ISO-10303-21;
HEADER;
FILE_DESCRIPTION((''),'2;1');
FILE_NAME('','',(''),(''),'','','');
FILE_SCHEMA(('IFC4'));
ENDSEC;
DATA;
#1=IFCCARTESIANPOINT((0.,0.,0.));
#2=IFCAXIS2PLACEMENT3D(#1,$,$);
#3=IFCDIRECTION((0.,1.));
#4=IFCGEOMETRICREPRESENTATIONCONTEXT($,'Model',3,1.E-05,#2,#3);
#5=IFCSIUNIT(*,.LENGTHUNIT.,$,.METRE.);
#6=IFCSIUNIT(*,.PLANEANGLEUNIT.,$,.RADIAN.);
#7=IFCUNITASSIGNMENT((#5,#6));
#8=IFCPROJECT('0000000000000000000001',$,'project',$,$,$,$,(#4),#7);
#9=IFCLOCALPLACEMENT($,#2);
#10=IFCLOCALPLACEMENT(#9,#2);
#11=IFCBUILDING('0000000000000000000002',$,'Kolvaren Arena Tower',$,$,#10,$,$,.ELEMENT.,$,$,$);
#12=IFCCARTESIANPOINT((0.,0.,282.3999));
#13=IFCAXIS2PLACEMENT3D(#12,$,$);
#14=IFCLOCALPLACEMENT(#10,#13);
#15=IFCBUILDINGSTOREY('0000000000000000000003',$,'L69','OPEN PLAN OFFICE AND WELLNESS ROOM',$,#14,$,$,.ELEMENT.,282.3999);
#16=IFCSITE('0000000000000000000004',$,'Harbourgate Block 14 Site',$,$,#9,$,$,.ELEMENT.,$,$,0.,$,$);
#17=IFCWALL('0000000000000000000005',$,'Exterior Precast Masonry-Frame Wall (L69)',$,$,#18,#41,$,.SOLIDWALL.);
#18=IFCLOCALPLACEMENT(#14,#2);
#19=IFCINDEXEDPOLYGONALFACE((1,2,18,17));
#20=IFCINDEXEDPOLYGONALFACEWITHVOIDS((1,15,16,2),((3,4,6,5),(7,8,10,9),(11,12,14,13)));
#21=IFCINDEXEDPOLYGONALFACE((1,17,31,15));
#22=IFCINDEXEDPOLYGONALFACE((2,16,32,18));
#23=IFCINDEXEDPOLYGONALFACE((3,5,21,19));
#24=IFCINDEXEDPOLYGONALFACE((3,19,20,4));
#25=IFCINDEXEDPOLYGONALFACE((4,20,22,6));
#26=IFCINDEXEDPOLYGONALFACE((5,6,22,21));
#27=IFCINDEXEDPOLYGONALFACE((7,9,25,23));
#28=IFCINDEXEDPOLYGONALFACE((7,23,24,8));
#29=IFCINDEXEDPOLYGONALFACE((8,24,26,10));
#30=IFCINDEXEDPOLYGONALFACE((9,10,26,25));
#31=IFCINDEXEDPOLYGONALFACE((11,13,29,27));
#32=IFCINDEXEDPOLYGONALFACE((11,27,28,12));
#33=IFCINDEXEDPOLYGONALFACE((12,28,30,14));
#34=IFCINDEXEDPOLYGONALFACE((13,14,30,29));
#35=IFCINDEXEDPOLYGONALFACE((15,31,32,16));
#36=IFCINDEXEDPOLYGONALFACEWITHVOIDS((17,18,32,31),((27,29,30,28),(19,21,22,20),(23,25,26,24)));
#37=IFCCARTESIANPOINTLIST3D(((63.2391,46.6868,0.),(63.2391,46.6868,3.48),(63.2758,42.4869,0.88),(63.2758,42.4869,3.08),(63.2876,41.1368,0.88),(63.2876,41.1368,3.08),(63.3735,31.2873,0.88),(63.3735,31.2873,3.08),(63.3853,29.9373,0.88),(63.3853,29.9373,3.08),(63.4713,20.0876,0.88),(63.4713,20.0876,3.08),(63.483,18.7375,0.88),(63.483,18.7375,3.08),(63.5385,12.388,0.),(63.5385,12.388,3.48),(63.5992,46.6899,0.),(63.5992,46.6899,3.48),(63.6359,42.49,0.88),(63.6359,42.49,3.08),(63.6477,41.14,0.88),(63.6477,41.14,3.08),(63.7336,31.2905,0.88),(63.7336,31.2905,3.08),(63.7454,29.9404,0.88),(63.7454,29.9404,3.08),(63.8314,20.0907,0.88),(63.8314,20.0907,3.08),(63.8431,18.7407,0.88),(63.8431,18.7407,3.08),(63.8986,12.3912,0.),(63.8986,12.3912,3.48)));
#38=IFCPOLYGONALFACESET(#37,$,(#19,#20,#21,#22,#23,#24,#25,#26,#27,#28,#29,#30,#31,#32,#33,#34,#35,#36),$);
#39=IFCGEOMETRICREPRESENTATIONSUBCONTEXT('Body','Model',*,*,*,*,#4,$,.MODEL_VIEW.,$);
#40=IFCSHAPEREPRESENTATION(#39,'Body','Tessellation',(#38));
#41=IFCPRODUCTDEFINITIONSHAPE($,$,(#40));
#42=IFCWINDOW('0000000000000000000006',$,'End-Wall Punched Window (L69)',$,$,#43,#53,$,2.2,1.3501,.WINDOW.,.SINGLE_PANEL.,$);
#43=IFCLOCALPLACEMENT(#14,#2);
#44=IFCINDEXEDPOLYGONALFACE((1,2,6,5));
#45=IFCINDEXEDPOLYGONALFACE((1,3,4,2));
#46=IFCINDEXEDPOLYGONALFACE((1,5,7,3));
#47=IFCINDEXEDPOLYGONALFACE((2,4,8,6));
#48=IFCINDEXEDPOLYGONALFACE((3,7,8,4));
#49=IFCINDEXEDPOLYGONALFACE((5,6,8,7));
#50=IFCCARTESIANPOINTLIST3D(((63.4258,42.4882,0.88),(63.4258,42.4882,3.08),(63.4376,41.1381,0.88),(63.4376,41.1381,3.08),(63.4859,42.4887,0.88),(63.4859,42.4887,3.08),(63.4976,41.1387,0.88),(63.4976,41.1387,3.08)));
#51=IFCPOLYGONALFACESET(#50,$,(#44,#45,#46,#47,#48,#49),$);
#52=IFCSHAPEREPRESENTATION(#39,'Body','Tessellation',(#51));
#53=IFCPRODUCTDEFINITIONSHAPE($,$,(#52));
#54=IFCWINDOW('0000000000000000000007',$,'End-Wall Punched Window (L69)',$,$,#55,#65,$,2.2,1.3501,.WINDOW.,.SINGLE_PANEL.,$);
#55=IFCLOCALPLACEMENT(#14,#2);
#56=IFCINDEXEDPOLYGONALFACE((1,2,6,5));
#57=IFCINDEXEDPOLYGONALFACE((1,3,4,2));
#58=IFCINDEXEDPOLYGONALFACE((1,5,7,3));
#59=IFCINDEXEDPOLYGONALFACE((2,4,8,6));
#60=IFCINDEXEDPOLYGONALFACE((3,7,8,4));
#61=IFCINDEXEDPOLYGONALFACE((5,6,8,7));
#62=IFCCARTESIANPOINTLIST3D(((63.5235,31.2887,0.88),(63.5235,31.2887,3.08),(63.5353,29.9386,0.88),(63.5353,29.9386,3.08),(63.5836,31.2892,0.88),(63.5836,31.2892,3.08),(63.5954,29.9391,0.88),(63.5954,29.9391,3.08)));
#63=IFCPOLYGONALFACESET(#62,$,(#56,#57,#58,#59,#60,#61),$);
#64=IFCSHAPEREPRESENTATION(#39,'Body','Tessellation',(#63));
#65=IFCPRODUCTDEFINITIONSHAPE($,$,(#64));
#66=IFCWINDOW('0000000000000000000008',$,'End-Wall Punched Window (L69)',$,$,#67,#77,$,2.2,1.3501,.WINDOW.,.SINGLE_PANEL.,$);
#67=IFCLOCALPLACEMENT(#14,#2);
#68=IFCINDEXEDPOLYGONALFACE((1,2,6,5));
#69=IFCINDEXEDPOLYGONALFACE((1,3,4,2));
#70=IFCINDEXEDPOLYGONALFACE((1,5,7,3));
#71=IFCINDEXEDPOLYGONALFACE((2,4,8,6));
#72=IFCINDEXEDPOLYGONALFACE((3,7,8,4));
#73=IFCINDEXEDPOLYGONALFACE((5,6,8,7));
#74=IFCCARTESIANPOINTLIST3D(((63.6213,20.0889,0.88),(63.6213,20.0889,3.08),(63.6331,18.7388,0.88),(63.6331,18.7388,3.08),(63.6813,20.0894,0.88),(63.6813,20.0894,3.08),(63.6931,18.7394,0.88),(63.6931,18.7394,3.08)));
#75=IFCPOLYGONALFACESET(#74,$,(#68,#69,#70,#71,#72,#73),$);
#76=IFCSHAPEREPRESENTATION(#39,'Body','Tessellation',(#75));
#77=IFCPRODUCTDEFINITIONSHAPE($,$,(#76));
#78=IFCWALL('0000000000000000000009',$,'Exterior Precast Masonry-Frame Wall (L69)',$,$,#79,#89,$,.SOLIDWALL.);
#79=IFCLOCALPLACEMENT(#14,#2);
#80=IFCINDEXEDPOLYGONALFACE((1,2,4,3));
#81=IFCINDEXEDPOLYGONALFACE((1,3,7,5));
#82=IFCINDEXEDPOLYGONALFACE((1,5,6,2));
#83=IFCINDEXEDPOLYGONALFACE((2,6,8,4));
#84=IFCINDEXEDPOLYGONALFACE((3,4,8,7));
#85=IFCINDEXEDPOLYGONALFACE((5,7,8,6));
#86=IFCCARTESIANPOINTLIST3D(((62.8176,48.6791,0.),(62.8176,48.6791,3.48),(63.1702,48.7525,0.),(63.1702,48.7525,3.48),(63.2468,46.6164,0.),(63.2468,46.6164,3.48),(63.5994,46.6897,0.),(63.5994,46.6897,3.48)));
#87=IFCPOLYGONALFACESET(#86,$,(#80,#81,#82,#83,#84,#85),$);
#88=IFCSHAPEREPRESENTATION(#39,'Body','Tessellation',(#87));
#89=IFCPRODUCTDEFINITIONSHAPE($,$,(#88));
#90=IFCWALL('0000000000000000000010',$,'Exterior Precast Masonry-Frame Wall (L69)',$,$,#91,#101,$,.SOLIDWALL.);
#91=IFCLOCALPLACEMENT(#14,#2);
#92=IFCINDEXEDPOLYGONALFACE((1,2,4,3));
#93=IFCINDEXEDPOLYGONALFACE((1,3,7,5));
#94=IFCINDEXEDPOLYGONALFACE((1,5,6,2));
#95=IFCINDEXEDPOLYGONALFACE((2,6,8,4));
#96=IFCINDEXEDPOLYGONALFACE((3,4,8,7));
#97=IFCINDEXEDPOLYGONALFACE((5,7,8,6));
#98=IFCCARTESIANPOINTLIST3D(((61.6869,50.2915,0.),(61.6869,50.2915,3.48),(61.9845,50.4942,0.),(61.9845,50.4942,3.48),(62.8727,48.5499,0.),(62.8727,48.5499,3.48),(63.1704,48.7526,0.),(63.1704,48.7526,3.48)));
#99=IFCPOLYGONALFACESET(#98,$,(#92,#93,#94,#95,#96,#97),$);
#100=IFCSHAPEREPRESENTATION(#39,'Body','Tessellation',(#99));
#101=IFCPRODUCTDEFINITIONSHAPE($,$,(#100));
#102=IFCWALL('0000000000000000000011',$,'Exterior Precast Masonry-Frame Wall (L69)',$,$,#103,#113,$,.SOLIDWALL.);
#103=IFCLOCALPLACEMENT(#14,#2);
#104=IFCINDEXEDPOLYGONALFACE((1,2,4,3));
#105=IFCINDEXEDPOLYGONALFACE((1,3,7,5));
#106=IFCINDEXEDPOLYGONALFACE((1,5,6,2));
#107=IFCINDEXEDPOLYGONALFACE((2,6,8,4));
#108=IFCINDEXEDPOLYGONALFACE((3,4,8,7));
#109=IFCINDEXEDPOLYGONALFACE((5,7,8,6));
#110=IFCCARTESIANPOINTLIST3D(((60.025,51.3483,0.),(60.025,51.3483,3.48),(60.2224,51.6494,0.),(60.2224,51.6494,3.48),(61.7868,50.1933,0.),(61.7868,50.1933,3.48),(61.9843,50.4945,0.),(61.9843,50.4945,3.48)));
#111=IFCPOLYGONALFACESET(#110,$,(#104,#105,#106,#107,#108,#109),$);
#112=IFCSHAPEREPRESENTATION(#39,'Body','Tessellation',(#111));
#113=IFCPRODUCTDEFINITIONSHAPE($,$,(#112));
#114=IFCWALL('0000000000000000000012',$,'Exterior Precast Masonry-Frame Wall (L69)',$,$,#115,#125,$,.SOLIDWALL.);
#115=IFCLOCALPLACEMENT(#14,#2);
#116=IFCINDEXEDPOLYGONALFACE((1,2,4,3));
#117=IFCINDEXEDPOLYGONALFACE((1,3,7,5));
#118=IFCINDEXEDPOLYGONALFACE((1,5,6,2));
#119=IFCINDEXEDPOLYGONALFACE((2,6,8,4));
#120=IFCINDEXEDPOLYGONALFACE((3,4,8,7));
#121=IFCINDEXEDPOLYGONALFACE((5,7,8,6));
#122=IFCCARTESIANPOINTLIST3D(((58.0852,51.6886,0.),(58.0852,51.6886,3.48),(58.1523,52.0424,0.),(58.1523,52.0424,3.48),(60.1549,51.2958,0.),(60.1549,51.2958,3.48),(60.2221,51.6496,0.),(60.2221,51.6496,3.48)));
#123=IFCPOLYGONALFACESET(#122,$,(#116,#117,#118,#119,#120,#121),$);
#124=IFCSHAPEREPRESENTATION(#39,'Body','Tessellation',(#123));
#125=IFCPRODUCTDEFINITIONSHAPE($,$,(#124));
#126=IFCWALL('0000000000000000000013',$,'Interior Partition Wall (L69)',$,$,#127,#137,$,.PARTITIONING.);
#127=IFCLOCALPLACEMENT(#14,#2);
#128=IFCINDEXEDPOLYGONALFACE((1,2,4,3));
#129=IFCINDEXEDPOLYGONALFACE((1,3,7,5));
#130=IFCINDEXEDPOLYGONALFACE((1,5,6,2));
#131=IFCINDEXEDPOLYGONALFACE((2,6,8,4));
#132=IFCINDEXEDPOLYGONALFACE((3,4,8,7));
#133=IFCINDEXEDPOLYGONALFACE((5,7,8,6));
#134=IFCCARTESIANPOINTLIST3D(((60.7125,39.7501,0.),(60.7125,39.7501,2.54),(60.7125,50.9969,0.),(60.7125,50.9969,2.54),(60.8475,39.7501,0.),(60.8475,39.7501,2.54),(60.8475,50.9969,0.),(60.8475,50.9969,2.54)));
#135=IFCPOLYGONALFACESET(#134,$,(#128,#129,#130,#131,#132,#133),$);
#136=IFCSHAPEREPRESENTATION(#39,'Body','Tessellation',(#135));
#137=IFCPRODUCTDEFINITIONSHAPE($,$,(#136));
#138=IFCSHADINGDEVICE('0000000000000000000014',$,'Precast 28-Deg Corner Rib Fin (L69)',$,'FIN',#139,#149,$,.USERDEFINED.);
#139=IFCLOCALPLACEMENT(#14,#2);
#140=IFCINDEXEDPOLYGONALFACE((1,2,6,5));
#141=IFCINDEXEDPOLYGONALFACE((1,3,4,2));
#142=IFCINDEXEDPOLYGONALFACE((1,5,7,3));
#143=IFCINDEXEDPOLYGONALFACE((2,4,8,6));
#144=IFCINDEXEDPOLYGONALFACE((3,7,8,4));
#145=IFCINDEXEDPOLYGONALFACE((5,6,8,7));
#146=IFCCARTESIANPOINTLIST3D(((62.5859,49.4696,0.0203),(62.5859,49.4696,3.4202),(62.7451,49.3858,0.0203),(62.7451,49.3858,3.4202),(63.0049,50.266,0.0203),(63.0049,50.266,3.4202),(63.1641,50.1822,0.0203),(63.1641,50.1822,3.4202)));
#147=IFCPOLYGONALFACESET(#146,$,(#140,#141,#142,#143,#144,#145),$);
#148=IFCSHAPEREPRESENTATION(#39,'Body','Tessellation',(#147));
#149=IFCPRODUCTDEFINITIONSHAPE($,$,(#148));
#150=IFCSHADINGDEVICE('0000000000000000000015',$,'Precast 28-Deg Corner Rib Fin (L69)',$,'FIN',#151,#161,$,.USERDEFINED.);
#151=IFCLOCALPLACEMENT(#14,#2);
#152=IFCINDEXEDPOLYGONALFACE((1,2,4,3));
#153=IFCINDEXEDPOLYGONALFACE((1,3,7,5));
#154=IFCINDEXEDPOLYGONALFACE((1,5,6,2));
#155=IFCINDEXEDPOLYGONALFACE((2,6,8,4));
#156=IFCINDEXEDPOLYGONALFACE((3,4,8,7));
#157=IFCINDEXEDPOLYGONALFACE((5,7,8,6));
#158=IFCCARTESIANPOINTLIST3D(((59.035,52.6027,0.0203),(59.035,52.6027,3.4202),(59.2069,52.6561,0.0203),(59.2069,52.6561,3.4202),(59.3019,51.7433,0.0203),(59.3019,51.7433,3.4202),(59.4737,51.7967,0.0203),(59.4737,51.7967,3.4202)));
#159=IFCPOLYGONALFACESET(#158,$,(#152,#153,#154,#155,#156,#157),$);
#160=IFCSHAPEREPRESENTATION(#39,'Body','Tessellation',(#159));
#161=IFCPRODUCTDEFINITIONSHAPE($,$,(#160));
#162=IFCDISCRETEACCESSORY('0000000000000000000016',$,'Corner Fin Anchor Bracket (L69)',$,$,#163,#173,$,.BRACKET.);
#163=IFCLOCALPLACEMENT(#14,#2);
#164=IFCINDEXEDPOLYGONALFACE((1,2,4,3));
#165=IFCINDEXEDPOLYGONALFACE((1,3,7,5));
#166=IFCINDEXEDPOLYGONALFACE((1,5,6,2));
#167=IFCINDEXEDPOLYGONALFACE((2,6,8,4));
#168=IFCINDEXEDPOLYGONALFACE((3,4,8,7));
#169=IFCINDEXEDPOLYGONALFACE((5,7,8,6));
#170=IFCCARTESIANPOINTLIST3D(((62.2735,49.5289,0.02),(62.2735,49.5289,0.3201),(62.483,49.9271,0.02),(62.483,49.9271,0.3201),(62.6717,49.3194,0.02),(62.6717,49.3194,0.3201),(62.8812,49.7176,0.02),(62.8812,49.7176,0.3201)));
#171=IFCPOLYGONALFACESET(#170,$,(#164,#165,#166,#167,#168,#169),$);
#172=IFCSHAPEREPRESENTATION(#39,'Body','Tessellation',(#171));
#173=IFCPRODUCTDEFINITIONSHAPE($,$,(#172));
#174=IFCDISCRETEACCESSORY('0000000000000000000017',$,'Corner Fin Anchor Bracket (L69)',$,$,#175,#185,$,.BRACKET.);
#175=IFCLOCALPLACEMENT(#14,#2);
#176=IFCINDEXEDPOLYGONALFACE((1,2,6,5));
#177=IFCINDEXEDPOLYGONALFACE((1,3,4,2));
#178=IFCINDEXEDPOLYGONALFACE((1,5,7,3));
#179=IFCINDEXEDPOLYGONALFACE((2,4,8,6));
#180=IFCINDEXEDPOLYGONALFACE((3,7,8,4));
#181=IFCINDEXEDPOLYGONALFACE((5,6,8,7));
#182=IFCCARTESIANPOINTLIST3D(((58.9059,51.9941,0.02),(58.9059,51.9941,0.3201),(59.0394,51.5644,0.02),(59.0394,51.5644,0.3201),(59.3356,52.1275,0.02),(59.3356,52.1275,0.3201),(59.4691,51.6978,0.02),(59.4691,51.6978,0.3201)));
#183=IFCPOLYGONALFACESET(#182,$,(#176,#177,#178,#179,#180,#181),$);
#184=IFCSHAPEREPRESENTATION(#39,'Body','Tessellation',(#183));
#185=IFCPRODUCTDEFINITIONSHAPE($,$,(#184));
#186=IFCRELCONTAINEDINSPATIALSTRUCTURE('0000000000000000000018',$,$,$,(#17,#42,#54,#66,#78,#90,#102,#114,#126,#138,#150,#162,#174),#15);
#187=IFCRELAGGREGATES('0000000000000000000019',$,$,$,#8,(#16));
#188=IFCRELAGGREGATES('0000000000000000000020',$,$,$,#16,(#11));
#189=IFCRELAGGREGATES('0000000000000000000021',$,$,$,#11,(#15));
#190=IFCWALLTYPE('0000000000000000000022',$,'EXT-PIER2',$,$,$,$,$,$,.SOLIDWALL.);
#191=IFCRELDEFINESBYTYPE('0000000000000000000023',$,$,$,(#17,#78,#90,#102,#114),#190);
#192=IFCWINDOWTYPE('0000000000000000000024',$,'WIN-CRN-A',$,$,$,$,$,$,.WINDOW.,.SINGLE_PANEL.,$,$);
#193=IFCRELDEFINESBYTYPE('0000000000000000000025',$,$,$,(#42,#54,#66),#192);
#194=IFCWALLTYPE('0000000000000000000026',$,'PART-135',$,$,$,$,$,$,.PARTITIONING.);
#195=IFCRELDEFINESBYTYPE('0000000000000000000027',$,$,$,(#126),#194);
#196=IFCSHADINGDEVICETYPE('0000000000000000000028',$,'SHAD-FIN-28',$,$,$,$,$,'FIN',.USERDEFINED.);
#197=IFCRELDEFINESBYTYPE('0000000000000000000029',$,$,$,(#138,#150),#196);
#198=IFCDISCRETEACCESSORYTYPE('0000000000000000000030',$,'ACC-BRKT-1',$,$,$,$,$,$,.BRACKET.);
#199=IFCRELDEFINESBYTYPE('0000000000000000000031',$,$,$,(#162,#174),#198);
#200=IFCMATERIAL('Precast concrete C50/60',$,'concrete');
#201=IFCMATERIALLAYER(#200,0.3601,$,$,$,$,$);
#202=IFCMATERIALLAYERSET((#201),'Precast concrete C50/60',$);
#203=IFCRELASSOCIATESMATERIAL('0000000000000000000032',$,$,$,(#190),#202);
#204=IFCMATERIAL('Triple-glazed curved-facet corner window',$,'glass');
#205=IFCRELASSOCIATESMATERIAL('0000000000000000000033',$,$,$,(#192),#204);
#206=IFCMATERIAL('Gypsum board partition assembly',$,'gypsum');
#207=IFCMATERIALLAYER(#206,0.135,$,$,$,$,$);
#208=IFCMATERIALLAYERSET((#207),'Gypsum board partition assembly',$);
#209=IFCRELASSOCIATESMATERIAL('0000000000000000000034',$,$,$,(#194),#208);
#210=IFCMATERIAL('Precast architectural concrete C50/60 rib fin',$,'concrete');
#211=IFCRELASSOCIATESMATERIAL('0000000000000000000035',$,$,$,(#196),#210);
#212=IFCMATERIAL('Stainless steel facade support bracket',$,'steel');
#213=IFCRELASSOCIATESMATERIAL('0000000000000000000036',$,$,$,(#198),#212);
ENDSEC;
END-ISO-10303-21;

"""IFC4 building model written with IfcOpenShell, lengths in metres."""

from ifc_helpers import new_model, si_unit, direction, frame, frame_2d, origin, origin_2d, place, context, subcontext, project, spatial, rectangle, extrude, material, layer, layer_set, type_object, element, fill, save


model = new_model("IFC4")

# Units and contexts
model_context = context("Model", 3, precision=1e-05, world=origin(), true_north=direction((0.0, 1.0)))
body_context = subcontext(model_context, "Body", "Model", "MODEL_VIEW")
ifc_project = project(units=[si_unit("LENGTHUNIT", "METRE"), si_unit("PLANEANGLEUNIT", "RADIAN")], contexts=[model_context])

# Site, building, storey
site_placement = place(None, origin())
site = spatial("IfcSite", under=ifc_project, at=site_placement, Name="Harbourgate Block 14 Site", CompositionType="ELEMENT", RefElevation=0.0)
building_placement = place(site_placement, origin())
building = spatial("IfcBuilding", under=site, at=building_placement, Name="Kolvaren Arena Tower", CompositionType="ELEMENT")
storey_placement = place(building_placement, frame((0.0, 0.0, 282.3999)))
storey = spatial("IfcBuildingStorey", under=building, at=storey_placement, Name="L69", Description="OPEN PLAN OFFICE AND WELLNESS ROOM", CompositionType="ELEMENT", Elevation=282.3999)

# Shared definitions
ifc_material_1 = material(Name="Precast concrete C50/60", Category="concrete")

# Wall, openings, windows
ifc_layer_1 = layer(ifc_material_1, 0.3601)
ifc_layer_set_1 = layer_set([ifc_layer_1], Name="Precast concrete C50/60")
wall_type_1 = type_object("IfcWallType", Name="EXT-PIER2", PredefinedType="SOLIDWALL", material=ifc_layer_set_1)
wall_1_placement = place(storey_placement, frame((63.4192, 46.6882, 0.0), z_axis=(0.0, 0.0, 1.0), x_axis=(0.008726, -0.999962, 0.0)))
wall_1 = element("IfcWall", 1, at=wall_1_placement, inside=storey, type_object=wall_type_1, Name="Exterior Precast Masonry-Frame Wall (L69)", PredefinedType="SOLIDWALL", context=body_context, shape_type="SweptSolid", body=[
    extrude(rectangle(XDim=34.3, YDim=0.3601, at=frame_2d((17.1499, 0.0))), origin(), (0.0, 0.0, 1.0), 3.48),
])
opening_1_placement = place(wall_1_placement, frame((4.2, 0.0, 0.8799)))
opening_1 = element("IfcOpeningElement", 2, at=opening_1_placement, cuts=wall_1, PredefinedType="OPENING", context=body_context, shape_type="SweptSolid", body=[
    extrude(rectangle(XDim=1.3501, YDim=2.2, at=frame_2d((0.675, 1.1001))), frame((0.0, 0.1899, 0.0), z_axis=(0.0, -1.0, 0.0), x_axis=(1.0, 0.0, 0.0)), (0.0, 0.0, 1.0), 0.3801),
])
opening_2_placement = place(wall_1_placement, frame((15.3999, 0.0, 0.8799)))
opening_2 = element("IfcOpeningElement", 3, at=opening_2_placement, cuts=wall_1, PredefinedType="OPENING", context=body_context, shape_type="SweptSolid", body=[
    extrude(rectangle(XDim=1.3501, YDim=2.2, at=frame_2d((0.675, 1.1001))), frame((0.0, 0.1899, 0.0), z_axis=(0.0, -1.0, 0.0), x_axis=(1.0, 0.0, 0.0)), (0.0, 0.0, 1.0), 0.3801),
])
opening_3_placement = place(wall_1_placement, frame((26.6001, 0.0, 0.8799)))
opening_3 = element("IfcOpeningElement", 4, at=opening_3_placement, cuts=wall_1, PredefinedType="OPENING", context=body_context, shape_type="SweptSolid", body=[
    extrude(rectangle(XDim=1.3501, YDim=2.2, at=frame_2d((0.675, 1.1001))), frame((0.0, 0.1899, 0.0), z_axis=(0.0, -1.0, 0.0), x_axis=(1.0, 0.0, 0.0)), (0.0, 0.0, 1.0), 0.3801),
])
ifc_material_2 = material(Name="Triple-glazed curved-facet corner window", Category="glass")
window_type = type_object("IfcWindowType", Name="WIN-CRN-A", PartitioningType="SINGLE_PANEL", PredefinedType="WINDOW", material=ifc_material_2)
window_1_placement = place(opening_1_placement, origin())
window_1 = element("IfcWindow", 5, at=window_1_placement, inside=storey, type_object=window_type, Name="End-Wall Punched Window (L69)", OverallHeight=2.2, OverallWidth=1.3501, PartitioningType="SINGLE_PANEL", PredefinedType="WINDOW", context=body_context, shape_type="SweptSolid", body=[
    extrude(rectangle(XDim=1.3501, YDim=2.2, at=frame_2d((0.675, 1.1001))), frame((0.0, 0.03, 0.0), z_axis=(0.0, -1.0, 0.0), x_axis=(1.0, 0.0, 0.0)), (0.0, 0.0, 1.0), 0.0601),
])
fill(opening_1, window_1)
window_2_placement = place(opening_2_placement, origin())
window_2 = element("IfcWindow", 6, at=window_2_placement, inside=storey, type_object=window_type, Name="End-Wall Punched Window (L69)", OverallHeight=2.2, OverallWidth=1.3501, PartitioningType="SINGLE_PANEL", PredefinedType="WINDOW", context=body_context, shape_type="SweptSolid", body=[
    extrude(rectangle(XDim=1.3501, YDim=2.2, at=frame_2d((0.675, 1.1001))), frame((0.0, 0.03, 0.0), z_axis=(0.0, -1.0, 0.0), x_axis=(1.0, 0.0, 0.0)), (0.0, 0.0, 1.0), 0.0601),
])
fill(opening_2, window_2)
window_3_placement = place(opening_3_placement, origin())
window_3 = element("IfcWindow", 7, at=window_3_placement, inside=storey, type_object=window_type, Name="End-Wall Punched Window (L69)", OverallHeight=2.2, OverallWidth=1.3501, PartitioningType="SINGLE_PANEL", PredefinedType="WINDOW", context=body_context, shape_type="SweptSolid", body=[
    extrude(rectangle(XDim=1.3501, YDim=2.2, at=frame_2d((0.675, 1.1001))), frame((0.0, 0.03, 0.0), z_axis=(0.0, -1.0, 0.0), x_axis=(1.0, 0.0, 0.0)), (0.0, 0.0, 1.0), 0.0601),
])
fill(opening_3, window_3)

# Walls
for number, where, z_axis, x_axis, name in (
    (8, (62.9939, 48.7158, 0.0), (0.0, 0.0, 1.0), (0.203709, -0.979031, 0.0), "Exterior Precast Masonry-Frame Wall (L69)"),
    (9, (61.8357, 50.3928, 0.0), (0.0, 0.0, 1.0), (0.56283, -0.826573, 0.0), "Exterior Precast Masonry-Frame Wall (L69)"),
):
    element("IfcWall", number, at=place(storey_placement, frame(where, z_axis=z_axis, x_axis=x_axis)), inside=storey, type_object=wall_type_1, Name=name, PredefinedType="SOLIDWALL", context=body_context, shape_type="SweptSolid", body=[
        extrude(rectangle(XDim=2.1069, YDim=0.3601, at=frame_2d((1.0535, 0.0))), origin(), (0.0, 0.0, 1.0), 3.48),
    ])
for number, where, z_axis, x_axis, name in (
    (10, (60.1238, 51.4988, 0.0), (0.0, 0.0, 1.0), (0.836322, -0.548239, 0.0), "Exterior Precast Masonry-Frame Wall (L69)"),
    (11, (58.1189, 51.8655, 0.0), (0.0, 0.0, 1.0), (0.982463, -0.186457, 0.0), "Exterior Precast Masonry-Frame Wall (L69)"),
):
    element("IfcWall", number, at=place(storey_placement, frame(where, z_axis=z_axis, x_axis=x_axis)), inside=storey, type_object=wall_type_1, Name=name, PredefinedType="SOLIDWALL", context=body_context, shape_type="SweptSolid", body=[
        extrude(rectangle(XDim=2.1067, YDim=0.3601, at=frame_2d((1.0532, 0.0))), origin(), (0.0, 0.0, 1.0), 3.48),
    ])
ifc_material_3 = material(Name="Gypsum board partition assembly", Category="gypsum")
ifc_layer_2 = layer(ifc_material_3, 0.135)
ifc_layer_set_2 = layer_set([ifc_layer_2], Name="Gypsum board partition assembly")
wall_type_2 = type_object("IfcWallType", Name="PART-135", PredefinedType="PARTITIONING", material=ifc_layer_set_2)
wall_2_placement = place(storey_placement, frame((60.78, 39.75, 0.0), z_axis=(0.0, 0.0, 1.0), x_axis=(0.0, 1.0, 0.0)))
element("IfcWall", 12, at=wall_2_placement, inside=storey, type_object=wall_type_2, Name="Interior Partition Wall (L69)", PredefinedType="PARTITIONING", context=body_context, shape_type="SweptSolid", body=[
    extrude(rectangle(XDim=11.2468, YDim=0.135, at=frame_2d((5.6235, 0.0))), origin(), (0.0, 0.0, 1.0), 2.54),
])

# Shading devices
ifc_material_4 = material(Name="Precast architectural concrete C50/60 rib fin", Category="concrete")
shading_device_type = type_object("IfcShadingDeviceType", Name="SHAD-FIN-28", ElementType="FIN", PredefinedType="USERDEFINED", material=ifc_material_4)
for number, where, z_axis, x_axis, name in (
    (13, (62.875, 49.8259, 0.0203), (0.0, 0.0, 1.0), (0.465619, 0.884985, 0.0), "Precast 28-Deg Corner Rib Fin (L69)"),
    (14, (59.2544, 52.1997, 0.0203), (0.0, 0.0, 1.0), (-0.296542, 0.95502, 0.0), "Precast 28-Deg Corner Rib Fin (L69)"),
):
    element("IfcShadingDevice", number, at=place(storey_placement, frame(where, z_axis=z_axis, x_axis=x_axis)), inside=storey, type_object=shading_device_type, Name=name, ObjectType="FIN", PredefinedType="USERDEFINED", context=body_context, shape_type="SweptSolid", body=[
        extrude(rectangle(XDim=0.8999, YDim=0.1799, at=origin_2d()), origin(), (0.0, 0.0, 1.0), 3.3999),
    ])

# Discrete accessories
ifc_material_5 = material(Name="Stainless steel facade support bracket", Category="steel")
discrete_accessory_type = type_object("IfcDiscreteAccessoryType", Name="ACC-BRKT-1", PredefinedType="BRACKET", material=ifc_material_5)
for number, where, z_axis, x_axis, name in (
    (15, (62.5774, 49.6233, 0.02), (0.0, 0.0, 1.0), (0.465619, 0.884985, 0.0), "Corner Fin Anchor Bracket (L69)"),
    (16, (59.1875, 51.8459, 0.02), (0.0, 0.0, 1.0), (-0.296542, 0.95502, 0.0), "Corner Fin Anchor Bracket (L69)"),
):
    element("IfcDiscreteAccessory", number, at=place(storey_placement, frame(where, z_axis=z_axis, x_axis=x_axis)), inside=storey, type_object=discrete_accessory_type, Name=name, PredefinedType="BRACKET", context=body_context, shape_type="SweptSolid", body=[
        extrude(rectangle(XDim=0.45, YDim=0.45, at=origin_2d()), origin(), (0.0, 0.0, 1.0), 0.3),
    ])

save(model, "model.ifc")
